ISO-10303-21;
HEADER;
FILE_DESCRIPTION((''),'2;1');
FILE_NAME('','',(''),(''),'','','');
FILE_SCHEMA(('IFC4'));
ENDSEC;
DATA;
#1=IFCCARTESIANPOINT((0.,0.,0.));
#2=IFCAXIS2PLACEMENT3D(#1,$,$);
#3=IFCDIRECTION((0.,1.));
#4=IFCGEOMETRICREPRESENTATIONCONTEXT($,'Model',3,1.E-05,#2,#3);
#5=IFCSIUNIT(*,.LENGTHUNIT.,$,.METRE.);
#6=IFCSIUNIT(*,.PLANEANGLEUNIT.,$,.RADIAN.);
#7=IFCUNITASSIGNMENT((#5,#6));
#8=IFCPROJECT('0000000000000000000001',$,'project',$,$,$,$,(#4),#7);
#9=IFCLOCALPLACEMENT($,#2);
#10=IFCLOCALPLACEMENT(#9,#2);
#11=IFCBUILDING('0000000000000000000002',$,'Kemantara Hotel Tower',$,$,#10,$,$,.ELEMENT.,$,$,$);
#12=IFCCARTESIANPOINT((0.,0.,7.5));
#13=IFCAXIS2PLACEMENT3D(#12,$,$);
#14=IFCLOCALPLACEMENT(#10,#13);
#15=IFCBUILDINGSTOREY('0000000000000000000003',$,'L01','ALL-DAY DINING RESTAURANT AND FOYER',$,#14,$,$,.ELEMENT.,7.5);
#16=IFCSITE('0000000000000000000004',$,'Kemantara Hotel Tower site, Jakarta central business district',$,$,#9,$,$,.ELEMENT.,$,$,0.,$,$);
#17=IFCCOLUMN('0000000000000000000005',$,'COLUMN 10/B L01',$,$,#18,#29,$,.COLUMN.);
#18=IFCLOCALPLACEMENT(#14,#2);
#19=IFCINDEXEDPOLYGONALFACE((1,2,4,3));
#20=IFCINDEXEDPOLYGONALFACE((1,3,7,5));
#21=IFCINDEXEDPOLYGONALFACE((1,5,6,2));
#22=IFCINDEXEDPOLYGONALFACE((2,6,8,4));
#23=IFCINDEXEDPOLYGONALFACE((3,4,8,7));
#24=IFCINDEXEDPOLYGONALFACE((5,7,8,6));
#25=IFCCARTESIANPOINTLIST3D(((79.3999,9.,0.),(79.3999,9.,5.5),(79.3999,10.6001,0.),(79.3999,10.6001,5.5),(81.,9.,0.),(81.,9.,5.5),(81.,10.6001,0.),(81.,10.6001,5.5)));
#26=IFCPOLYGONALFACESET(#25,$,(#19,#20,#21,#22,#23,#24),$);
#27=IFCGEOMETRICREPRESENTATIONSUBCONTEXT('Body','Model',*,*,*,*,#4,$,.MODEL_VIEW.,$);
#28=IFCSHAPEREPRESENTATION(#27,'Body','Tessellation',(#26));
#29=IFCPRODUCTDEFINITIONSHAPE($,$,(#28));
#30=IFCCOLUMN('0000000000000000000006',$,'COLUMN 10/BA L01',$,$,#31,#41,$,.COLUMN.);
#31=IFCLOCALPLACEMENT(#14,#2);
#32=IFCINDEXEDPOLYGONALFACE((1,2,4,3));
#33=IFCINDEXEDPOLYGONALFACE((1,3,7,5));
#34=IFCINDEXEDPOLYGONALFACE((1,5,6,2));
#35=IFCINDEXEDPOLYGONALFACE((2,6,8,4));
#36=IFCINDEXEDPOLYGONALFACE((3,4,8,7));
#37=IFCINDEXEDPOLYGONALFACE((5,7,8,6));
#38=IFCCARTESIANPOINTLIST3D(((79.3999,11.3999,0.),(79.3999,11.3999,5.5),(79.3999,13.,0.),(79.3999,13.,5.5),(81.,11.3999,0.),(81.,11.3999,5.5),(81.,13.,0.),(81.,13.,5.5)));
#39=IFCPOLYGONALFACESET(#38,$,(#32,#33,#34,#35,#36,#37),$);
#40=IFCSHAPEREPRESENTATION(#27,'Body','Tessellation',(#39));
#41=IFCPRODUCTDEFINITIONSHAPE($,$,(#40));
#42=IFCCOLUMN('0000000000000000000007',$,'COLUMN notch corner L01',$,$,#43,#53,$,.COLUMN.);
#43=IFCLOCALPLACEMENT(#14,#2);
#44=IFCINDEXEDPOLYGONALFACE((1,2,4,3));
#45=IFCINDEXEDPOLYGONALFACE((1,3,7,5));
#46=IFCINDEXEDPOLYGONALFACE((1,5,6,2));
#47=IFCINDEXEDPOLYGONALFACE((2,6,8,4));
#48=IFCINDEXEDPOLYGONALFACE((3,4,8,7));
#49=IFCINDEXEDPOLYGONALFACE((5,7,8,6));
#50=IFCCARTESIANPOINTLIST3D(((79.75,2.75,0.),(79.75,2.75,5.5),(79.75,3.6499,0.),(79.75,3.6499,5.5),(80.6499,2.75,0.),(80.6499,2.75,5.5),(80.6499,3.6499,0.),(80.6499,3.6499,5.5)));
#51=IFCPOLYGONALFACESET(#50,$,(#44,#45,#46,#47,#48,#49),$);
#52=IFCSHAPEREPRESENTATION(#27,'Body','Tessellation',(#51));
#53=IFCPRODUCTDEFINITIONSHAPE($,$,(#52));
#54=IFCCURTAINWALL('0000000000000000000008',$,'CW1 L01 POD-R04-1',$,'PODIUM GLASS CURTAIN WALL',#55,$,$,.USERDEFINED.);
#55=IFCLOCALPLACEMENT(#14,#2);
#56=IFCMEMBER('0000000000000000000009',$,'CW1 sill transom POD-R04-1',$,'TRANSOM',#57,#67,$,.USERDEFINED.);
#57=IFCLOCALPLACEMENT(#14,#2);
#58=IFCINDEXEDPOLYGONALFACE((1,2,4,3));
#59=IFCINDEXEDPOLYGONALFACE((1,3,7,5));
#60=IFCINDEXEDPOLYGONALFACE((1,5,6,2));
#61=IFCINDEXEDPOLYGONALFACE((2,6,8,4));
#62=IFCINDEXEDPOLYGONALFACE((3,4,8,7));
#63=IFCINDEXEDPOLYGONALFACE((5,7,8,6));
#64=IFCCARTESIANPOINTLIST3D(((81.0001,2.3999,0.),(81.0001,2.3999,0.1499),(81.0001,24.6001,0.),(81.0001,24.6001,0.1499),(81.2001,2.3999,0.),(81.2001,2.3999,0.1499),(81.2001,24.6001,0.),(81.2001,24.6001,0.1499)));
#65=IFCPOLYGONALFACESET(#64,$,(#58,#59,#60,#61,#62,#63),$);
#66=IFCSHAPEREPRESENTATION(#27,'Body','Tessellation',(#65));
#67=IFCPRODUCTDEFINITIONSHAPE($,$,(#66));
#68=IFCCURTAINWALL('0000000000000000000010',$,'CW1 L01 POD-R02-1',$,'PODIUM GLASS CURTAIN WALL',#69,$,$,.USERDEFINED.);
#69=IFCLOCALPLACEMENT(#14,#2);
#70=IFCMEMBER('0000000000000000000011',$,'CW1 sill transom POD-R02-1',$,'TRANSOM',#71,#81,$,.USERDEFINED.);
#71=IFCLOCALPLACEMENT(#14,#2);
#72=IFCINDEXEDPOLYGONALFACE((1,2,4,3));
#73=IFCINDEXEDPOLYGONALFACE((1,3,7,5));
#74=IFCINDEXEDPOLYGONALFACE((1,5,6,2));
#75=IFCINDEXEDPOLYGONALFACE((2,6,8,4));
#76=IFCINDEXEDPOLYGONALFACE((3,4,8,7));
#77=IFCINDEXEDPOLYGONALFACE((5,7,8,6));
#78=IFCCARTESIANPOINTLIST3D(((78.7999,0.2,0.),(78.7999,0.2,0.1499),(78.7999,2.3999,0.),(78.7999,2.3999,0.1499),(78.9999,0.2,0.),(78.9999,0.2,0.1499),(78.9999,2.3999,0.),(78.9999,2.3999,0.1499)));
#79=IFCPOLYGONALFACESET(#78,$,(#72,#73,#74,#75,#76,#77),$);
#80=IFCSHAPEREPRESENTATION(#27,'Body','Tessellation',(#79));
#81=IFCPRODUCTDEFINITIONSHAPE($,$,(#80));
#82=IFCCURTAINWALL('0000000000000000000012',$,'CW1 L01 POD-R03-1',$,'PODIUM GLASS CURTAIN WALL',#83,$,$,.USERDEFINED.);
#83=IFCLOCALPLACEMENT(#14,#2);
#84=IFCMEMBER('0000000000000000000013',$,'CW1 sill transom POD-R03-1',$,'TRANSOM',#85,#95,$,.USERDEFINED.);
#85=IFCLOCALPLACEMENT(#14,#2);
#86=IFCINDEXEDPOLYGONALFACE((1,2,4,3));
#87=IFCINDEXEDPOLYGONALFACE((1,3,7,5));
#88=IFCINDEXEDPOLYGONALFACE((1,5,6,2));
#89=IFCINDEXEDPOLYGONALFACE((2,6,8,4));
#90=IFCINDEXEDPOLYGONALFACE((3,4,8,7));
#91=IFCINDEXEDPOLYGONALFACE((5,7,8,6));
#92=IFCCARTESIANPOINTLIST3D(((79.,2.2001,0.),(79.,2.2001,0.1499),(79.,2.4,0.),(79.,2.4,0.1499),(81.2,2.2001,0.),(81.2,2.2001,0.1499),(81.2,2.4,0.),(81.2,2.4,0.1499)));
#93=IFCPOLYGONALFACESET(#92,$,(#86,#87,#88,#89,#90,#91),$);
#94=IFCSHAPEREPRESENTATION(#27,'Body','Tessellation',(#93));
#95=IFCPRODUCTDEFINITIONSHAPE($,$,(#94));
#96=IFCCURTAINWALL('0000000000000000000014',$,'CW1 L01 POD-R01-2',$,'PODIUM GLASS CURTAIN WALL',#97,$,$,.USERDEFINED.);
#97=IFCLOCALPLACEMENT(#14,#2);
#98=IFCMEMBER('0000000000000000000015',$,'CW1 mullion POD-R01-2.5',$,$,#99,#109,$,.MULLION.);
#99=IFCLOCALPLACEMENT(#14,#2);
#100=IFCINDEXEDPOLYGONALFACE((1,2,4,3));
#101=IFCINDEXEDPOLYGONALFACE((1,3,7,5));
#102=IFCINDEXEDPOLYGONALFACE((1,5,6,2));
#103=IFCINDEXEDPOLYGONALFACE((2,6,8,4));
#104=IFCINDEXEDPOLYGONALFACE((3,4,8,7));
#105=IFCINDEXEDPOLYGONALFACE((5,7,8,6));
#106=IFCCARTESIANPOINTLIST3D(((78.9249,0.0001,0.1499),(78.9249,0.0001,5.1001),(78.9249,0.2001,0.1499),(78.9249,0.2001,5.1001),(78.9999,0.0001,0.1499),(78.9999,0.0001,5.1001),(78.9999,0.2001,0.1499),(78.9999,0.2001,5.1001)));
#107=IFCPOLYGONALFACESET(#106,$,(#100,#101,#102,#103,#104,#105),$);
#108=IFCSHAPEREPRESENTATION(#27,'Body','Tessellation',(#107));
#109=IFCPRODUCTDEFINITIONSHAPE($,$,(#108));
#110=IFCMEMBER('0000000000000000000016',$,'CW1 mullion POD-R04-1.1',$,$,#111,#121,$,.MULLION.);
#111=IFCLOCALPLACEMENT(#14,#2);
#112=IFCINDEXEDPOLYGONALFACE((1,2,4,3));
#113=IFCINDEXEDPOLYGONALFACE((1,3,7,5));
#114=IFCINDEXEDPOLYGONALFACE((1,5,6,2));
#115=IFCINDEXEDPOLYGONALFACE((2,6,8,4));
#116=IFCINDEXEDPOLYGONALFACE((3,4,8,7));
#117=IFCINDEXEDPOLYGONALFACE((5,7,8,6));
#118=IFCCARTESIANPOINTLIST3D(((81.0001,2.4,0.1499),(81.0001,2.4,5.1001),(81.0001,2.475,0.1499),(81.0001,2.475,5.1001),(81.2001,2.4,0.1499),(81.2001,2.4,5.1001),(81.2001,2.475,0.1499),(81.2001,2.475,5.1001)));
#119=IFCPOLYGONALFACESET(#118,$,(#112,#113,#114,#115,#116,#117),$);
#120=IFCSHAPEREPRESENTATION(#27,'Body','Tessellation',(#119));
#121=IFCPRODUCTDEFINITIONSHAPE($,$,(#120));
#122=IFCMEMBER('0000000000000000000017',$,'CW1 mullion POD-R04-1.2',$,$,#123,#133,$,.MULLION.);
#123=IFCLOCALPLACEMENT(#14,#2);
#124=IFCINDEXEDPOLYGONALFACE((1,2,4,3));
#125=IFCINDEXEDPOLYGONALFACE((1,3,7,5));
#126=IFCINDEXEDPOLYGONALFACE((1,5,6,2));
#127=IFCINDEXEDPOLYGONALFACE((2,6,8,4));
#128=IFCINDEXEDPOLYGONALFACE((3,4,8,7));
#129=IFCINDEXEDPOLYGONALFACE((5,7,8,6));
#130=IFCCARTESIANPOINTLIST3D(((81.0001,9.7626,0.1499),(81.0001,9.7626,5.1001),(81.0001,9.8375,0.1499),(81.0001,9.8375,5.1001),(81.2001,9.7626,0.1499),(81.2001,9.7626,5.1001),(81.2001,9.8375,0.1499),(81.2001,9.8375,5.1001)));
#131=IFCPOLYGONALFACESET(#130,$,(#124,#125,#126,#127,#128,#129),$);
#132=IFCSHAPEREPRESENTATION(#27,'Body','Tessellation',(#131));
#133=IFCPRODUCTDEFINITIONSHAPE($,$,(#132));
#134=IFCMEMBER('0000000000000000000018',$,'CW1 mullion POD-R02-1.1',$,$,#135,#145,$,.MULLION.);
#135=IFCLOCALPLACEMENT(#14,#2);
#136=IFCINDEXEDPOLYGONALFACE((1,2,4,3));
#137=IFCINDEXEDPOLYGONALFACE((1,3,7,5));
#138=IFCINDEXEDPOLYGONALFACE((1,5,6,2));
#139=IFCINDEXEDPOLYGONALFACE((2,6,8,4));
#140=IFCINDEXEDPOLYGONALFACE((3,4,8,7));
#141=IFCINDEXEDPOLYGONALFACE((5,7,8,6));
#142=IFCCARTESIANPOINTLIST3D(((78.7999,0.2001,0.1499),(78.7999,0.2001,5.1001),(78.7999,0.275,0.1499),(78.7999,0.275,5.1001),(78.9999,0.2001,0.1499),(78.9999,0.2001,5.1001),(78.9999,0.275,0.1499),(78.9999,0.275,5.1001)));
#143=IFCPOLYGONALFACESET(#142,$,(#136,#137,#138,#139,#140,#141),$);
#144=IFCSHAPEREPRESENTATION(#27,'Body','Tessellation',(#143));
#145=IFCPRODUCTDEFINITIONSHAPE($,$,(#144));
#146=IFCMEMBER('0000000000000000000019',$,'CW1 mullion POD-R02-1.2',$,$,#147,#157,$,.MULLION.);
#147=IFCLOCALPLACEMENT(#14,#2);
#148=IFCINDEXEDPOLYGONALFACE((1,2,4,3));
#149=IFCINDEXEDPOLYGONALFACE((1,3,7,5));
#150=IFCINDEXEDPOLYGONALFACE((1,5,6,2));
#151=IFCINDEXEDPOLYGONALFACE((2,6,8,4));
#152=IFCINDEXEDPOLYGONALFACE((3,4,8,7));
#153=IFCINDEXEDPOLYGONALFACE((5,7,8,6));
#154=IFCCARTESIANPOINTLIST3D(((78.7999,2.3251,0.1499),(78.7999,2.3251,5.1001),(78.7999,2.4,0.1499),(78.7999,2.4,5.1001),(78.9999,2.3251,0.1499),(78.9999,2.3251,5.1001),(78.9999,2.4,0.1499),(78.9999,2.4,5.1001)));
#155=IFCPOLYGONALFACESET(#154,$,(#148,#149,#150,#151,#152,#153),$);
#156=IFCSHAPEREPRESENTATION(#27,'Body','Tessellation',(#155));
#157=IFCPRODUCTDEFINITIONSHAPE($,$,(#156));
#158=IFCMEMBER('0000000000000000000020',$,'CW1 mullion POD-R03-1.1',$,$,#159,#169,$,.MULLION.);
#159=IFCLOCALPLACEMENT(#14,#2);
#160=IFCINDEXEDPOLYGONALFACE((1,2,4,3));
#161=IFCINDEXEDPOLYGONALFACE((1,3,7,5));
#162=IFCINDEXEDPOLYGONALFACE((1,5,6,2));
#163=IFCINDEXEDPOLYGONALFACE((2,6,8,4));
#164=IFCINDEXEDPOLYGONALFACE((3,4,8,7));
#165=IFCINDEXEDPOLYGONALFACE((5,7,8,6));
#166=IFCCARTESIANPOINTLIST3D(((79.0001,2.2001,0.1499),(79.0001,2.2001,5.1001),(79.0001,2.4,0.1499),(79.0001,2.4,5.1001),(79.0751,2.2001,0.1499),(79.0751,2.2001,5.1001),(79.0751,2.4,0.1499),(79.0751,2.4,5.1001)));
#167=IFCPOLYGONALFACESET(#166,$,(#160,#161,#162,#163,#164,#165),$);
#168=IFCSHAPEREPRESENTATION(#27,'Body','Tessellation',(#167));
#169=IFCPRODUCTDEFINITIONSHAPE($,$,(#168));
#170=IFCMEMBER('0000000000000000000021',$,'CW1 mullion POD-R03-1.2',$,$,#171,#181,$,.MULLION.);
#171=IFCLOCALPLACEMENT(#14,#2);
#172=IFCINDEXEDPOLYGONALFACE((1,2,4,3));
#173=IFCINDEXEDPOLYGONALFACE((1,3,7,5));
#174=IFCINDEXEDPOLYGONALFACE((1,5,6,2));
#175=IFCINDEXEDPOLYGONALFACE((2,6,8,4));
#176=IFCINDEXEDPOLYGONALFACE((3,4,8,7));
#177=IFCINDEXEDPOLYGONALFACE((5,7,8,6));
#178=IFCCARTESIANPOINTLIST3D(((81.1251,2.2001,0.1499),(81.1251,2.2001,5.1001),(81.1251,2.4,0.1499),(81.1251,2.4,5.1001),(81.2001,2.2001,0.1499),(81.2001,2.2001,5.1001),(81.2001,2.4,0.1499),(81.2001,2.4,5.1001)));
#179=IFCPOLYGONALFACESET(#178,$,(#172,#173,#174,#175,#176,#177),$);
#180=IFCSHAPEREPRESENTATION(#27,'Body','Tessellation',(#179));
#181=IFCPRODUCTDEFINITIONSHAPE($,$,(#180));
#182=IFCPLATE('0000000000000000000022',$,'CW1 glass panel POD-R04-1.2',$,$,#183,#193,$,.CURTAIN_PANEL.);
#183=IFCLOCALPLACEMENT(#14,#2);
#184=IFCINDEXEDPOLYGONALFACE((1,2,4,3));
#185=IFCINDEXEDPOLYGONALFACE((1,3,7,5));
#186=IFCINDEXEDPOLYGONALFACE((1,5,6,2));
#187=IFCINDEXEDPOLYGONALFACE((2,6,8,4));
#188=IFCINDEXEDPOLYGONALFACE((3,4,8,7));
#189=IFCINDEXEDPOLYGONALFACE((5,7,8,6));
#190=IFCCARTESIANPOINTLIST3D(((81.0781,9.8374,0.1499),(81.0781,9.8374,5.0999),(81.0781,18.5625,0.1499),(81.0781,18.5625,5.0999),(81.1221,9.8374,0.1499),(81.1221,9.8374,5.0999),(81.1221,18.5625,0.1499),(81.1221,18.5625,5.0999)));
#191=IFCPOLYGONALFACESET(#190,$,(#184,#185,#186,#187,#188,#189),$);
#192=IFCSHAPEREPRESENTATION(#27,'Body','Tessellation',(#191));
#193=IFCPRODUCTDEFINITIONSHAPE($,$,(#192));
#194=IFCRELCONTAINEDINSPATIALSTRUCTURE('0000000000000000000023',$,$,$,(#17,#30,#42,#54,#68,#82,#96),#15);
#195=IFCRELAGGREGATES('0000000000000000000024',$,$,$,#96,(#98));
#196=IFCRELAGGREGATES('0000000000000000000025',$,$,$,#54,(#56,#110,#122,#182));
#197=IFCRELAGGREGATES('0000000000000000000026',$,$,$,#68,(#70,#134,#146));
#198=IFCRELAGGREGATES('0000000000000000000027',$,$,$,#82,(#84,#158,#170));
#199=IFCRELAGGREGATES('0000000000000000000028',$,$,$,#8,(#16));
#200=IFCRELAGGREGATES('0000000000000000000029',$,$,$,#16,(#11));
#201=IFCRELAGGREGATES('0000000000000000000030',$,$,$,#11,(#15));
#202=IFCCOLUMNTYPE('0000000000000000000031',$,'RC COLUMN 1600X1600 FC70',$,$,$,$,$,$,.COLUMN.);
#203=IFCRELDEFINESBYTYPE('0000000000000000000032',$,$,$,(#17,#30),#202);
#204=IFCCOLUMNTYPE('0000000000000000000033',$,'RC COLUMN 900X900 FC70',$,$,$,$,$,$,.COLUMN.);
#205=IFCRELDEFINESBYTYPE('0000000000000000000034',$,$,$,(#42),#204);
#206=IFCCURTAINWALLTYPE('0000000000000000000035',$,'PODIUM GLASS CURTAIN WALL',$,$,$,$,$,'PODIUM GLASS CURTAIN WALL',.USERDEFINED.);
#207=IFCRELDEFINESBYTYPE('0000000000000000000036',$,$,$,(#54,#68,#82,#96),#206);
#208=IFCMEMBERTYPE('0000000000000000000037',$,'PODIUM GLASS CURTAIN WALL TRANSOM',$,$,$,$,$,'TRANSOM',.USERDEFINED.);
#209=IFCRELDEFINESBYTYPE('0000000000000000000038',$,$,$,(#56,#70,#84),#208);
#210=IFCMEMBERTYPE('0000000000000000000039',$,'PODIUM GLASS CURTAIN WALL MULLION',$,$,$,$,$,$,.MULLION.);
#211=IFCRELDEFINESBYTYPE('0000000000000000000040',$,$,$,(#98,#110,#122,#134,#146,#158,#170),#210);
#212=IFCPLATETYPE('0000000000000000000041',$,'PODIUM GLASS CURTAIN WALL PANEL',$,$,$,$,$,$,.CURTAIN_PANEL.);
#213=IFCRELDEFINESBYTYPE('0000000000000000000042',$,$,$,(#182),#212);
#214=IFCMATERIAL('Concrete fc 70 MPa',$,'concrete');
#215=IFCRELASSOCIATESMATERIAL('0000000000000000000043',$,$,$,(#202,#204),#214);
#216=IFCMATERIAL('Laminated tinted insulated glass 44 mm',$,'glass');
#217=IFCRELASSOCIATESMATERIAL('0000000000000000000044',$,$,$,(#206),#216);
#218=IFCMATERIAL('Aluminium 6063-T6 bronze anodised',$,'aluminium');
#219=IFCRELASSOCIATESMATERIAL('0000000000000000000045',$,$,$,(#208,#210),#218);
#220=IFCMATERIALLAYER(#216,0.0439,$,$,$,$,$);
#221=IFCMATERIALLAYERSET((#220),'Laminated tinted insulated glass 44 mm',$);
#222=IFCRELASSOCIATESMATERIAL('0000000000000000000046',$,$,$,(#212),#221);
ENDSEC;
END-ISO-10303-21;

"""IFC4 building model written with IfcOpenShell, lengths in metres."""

from ifc_helpers import new_model, si_unit, direction, frame, origin, origin_2d, place, context, subcontext, project, spatial, rectangle, extrude, source, transform, mapped, material, layer, layer_set, material_profile, profile_set, type_object, element, aggregate, save


model = new_model("IFC4")

# Units and contexts
model_context = context("Model", 3, precision=1e-05, world=origin(), true_north=direction((0.0, 1.0)))
body_context = subcontext(model_context, "Body", "Model", "MODEL_VIEW")
ifc_project = project(units=[si_unit("LENGTHUNIT", "METRE"), si_unit("PLANEANGLEUNIT", "RADIAN")], contexts=[model_context])

# Site, building, storey
site_placement = place(None, origin())
site = spatial("IfcSite", under=ifc_project, at=site_placement, Name="Kemantara Hotel Tower site, Jakarta central business district", CompositionType="ELEMENT", RefElevation=0.0)
building_placement = place(site_placement, origin())
building = spatial("IfcBuilding", under=site, at=building_placement, Name="Kemantara Hotel Tower", CompositionType="ELEMENT")
storey_placement = place(building_placement, frame((0.0, 0.0, 7.5)))
storey = spatial("IfcBuildingStorey", under=building, at=storey_placement, Name="L01", Description="ALL-DAY DINING RESTAURANT AND FOYER", CompositionType="ELEMENT", Elevation=7.5)

# Columns
ifc_material_1 = material(Name="Concrete fc 70 MPa", Category="concrete")
ifc_material_profile_1 = material_profile(ifc_material_1, rectangle(XDim=1.6001, YDim=1.6001, at=origin_2d()), Name="RC 1600X1600")
ifc_profile_set_1 = profile_set([ifc_material_profile_1], Name="Concrete fc 70 MPa")
column_type_1 = type_object("IfcColumnType", Name="RC COLUMN 1600X1600 FC70", PredefinedType="COLUMN", material=ifc_profile_set_1)
for number, where, z_axis, x_axis, name in (
    (1, (80.2, 9.8, 0.0), (0.0, 0.0, 1.0), (1.0, 0.0, 0.0), "COLUMN 10/B L01"),
    (2, (80.2, 12.2, 0.0), (0.0, 0.0, 1.0), (1.0, 0.0, 0.0), "COLUMN 10/BA L01"),
):
    element("IfcColumn", number, at=place(storey_placement, frame(where, z_axis=z_axis, x_axis=x_axis)), inside=storey, type_object=column_type_1, Name=name, PredefinedType="COLUMN", context=body_context, shape_type="SweptSolid", body=[
        extrude(rectangle(XDim=1.6001, YDim=1.6001, at=origin_2d()), origin(), (0.0, 0.0, 1.0), 5.5),
    ])
ifc_material_profile_2 = material_profile(ifc_material_1, rectangle(XDim=0.8999, YDim=0.8999, at=origin_2d()), Name="RC 900X900")
ifc_profile_set_2 = profile_set([ifc_material_profile_2], Name="Concrete fc 70 MPa")
column_type_2 = type_object("IfcColumnType", Name="RC COLUMN 900X900 FC70", PredefinedType="COLUMN", material=ifc_profile_set_2)
column_placement = place(storey_placement, frame((80.2, 3.2, 0.0), z_axis=(0.0, 0.0, 1.0), x_axis=(1.0, 0.0, 0.0)))
element("IfcColumn", 3, at=column_placement, inside=storey, type_object=column_type_2, Name="COLUMN notch corner L01", PredefinedType="COLUMN", context=body_context, shape_type="SweptSolid", body=[
    extrude(rectangle(XDim=0.8999, YDim=0.8999, at=origin_2d()), origin(), (0.0, 0.0, 1.0), 5.5),
])

# Curtain walls, members
ifc_material_2 = material(Name="Laminated tinted insulated glass 44 mm", Category="glass")
curtain_wall_type = type_object("IfcCurtainWallType", Name="PODIUM GLASS CURTAIN WALL", ElementType="PODIUM GLASS CURTAIN WALL", PredefinedType="USERDEFINED", material=ifc_material_2)
curtain_wall_1_placement = place(storey_placement, origin())
curtain_wall_1 = element("IfcCurtainWall", 4, at=curtain_wall_1_placement, inside=storey, type_object=curtain_wall_type, Name="CW1 L01 POD-R04-1", ObjectType="PODIUM GLASS CURTAIN WALL", PredefinedType="USERDEFINED")
ifc_material_3 = material(Name="Aluminium 6063-T6 bronze anodised", Category="aluminium")
ifc_material_profile_3 = material_profile(ifc_material_3, rectangle(XDim=0.2, YDim=0.1499, at=origin_2d()), Name="PODIUM GLASS CURTAIN WALL TRANSOM")
ifc_profile_set_3 = profile_set([ifc_material_profile_3], Name="Aluminium 6063-T6 bronze anodised")
member_type_1 = type_object("IfcMemberType", Name="PODIUM GLASS CURTAIN WALL TRANSOM", ElementType="TRANSOM", PredefinedType="USERDEFINED", material=ifc_profile_set_3)
member_1_placement = place(storey_placement, frame((81.1001, 2.3999, 0.075), z_axis=(0.0, 1.0, 0.0), x_axis=(-1.0, 0.0, 0.0)))
member_1 = element("IfcMember", 5, at=member_1_placement, type_object=member_type_1, Name="CW1 sill transom POD-R04-1", ObjectType="TRANSOM", PredefinedType="USERDEFINED", context=body_context, shape_type="SweptSolid", body=[
    extrude(rectangle(XDim=0.2, YDim=0.1499, at=origin_2d()), origin(), (0.0, 0.0, 1.0), 22.2002),
])
curtain_wall_2_placement = place(storey_placement, origin())
curtain_wall_2 = element("IfcCurtainWall", 6, at=curtain_wall_2_placement, inside=storey, type_object=curtain_wall_type, Name="CW1 L01 POD-R02-1", ObjectType="PODIUM GLASS CURTAIN WALL", PredefinedType="USERDEFINED")
member_2_placement = place(storey_placement, frame((78.8999, 0.2, 0.075), z_axis=(0.0, 1.0, 0.0), x_axis=(-1.0, 0.0, 0.0)))
member_2 = element("IfcMember", 7, at=member_2_placement, type_object=member_type_1, Name="CW1 sill transom POD-R02-1", ObjectType="TRANSOM", PredefinedType="USERDEFINED", context=body_context, shape_type="SweptSolid", body=[
    extrude(rectangle(XDim=0.2, YDim=0.1499, at=origin_2d()), origin(), (0.0, 0.0, 1.0), 2.2),
])
curtain_wall_3_placement = place(storey_placement, origin())
curtain_wall_3 = element("IfcCurtainWall", 8, at=curtain_wall_3_placement, inside=storey, type_object=curtain_wall_type, Name="CW1 L01 POD-R03-1", ObjectType="PODIUM GLASS CURTAIN WALL", PredefinedType="USERDEFINED")
member_3_placement = place(storey_placement, frame((79.0, 2.3, 0.075), z_axis=(1.0, 0.0, 0.0), x_axis=(0.0, 1.0, 0.0)))
member_3 = element("IfcMember", 9, at=member_3_placement, type_object=member_type_1, Name="CW1 sill transom POD-R03-1", ObjectType="TRANSOM", PredefinedType="USERDEFINED", context=body_context, shape_type="SweptSolid", body=[
    extrude(rectangle(XDim=0.2, YDim=0.1499, at=origin_2d()), origin(), (0.0, 0.0, 1.0), 2.2),
])
curtain_wall_4_placement = place(storey_placement, origin())
curtain_wall_4 = element("IfcCurtainWall", 10, at=curtain_wall_4_placement, inside=storey, type_object=curtain_wall_type, Name="CW1 L01 POD-R01-2", ObjectType="PODIUM GLASS CURTAIN WALL", PredefinedType="USERDEFINED")
ifc_material_profile_4 = material_profile(ifc_material_3, rectangle(XDim=0.2, YDim=0.075, at=origin_2d()), Name="PODIUM GLASS CURTAIN WALL MULLION")
ifc_profile_set_4 = profile_set([ifc_material_profile_4], Name="Aluminium 6063-T6 bronze anodised")
member_type_2 = type_object("IfcMemberType", Name="PODIUM GLASS CURTAIN WALL MULLION", PredefinedType="MULLION", material=ifc_profile_set_4)
shared_shape_1 = source(origin(), body_context, "Body", "SweptSolid", [
    extrude(rectangle(XDim=0.2, YDim=0.075, at=origin_2d()), origin(), (0.0, 0.0, 1.0), 4.9502),
])
member_4_placement = place(storey_placement, frame((78.9624, 0.1001, 0.1499), z_axis=(0.0, 0.0, 1.0), x_axis=(0.0, 1.0, 0.0)))
member_4 = element("IfcMember", 11, at=member_4_placement, type_object=member_type_2, Name="CW1 mullion POD-R01-2.5", PredefinedType="MULLION", context=body_context, shape_type="MappedRepresentation", body=[
    mapped(shared_shape_1, transform((0.0, 0.0, 0.0))),
])

# Members
member_5_placement = place(storey_placement, frame((81.1001, 2.4375, 0.1499), z_axis=(0.0, 0.0, 1.0), x_axis=(-1.0, 0.0, 0.0)))
member_5 = element("IfcMember", 12, at=member_5_placement, type_object=member_type_2, Name="CW1 mullion POD-R04-1.1", PredefinedType="MULLION", context=body_context, shape_type="MappedRepresentation", body=[
    mapped(shared_shape_1, transform((0.0, 0.0, 0.0))),
])
member_6_placement = place(storey_placement, frame((81.1001, 9.8, 0.1499), z_axis=(0.0, 0.0, 1.0), x_axis=(-1.0, 0.0, 0.0)))
member_6 = element("IfcMember", 13, at=member_6_placement, type_object=member_type_2, Name="CW1 mullion POD-R04-1.2", PredefinedType="MULLION", context=body_context, shape_type="MappedRepresentation", body=[
    mapped(shared_shape_1, transform((0.0, 0.0, 0.0))),
])
member_7_placement = place(storey_placement, frame((78.8999, 0.2375, 0.1499), z_axis=(0.0, 0.0, 1.0), x_axis=(-1.0, 0.0, 0.0)))
member_7 = element("IfcMember", 14, at=member_7_placement, type_object=member_type_2, Name="CW1 mullion POD-R02-1.1", PredefinedType="MULLION", context=body_context, shape_type="MappedRepresentation", body=[
    mapped(shared_shape_1, transform((0.0, 0.0, 0.0))),
])
member_8_placement = place(storey_placement, frame((78.8999, 2.3625, 0.1499), z_axis=(0.0, 0.0, 1.0), x_axis=(-1.0, 0.0, 0.0)))
member_8 = element("IfcMember", 15, at=member_8_placement, type_object=member_type_2, Name="CW1 mullion POD-R02-1.2", PredefinedType="MULLION", context=body_context, shape_type="MappedRepresentation", body=[
    mapped(shared_shape_1, transform((0.0, 0.0, 0.0))),
])
member_9_placement = place(storey_placement, frame((79.0376, 2.3, 0.1499), z_axis=(0.0, 0.0, 1.0), x_axis=(0.0, 1.0, 0.0)))
member_9 = element("IfcMember", 16, at=member_9_placement, type_object=member_type_2, Name="CW1 mullion POD-R03-1.1", PredefinedType="MULLION", context=body_context, shape_type="MappedRepresentation", body=[
    mapped(shared_shape_1, transform((0.0, 0.0, 0.0))),
])
member_10_placement = place(storey_placement, frame((81.1626, 2.3, 0.1499), z_axis=(0.0, 0.0, 1.0), x_axis=(0.0, 1.0, 0.0)))
member_10 = element("IfcMember", 17, at=member_10_placement, type_object=member_type_2, Name="CW1 mullion POD-R03-1.2", PredefinedType="MULLION", context=body_context, shape_type="MappedRepresentation", body=[
    mapped(shared_shape_1, transform((0.0, 0.0, 0.0))),
])

# Plate
ifc_layer_1 = layer(ifc_material_2, 0.0439)
ifc_layer_set_1 = layer_set([ifc_layer_1], Name="Laminated tinted insulated glass 44 mm")
plate_type = type_object("IfcPlateType", Name="PODIUM GLASS CURTAIN WALL PANEL", PredefinedType="CURTAIN_PANEL", material=ifc_layer_set_1)
shared_shape_2 = source(origin(), body_context, "Body", "SweptSolid", [
    extrude(rectangle(XDim=8.7251, YDim=0.0439, at=origin_2d()), origin(), (0.0, 0.0, 1.0), 4.95),
])
plate_1_placement = place(storey_placement, frame((81.1001, 14.2, 0.1499), z_axis=(0.0, 0.0, 1.0), x_axis=(0.0, 1.0, 0.0)))
plate_1 = element("IfcPlate", 18, at=plate_1_placement, type_object=plate_type, Name="CW1 glass panel POD-R04-1.2", PredefinedType="CURTAIN_PANEL", context=body_context, shape_type="MappedRepresentation", body=[
    mapped(shared_shape_2, transform((0.0, 0.0, 0.0))),
])
aggregate(curtain_wall_4, [member_4])
aggregate(curtain_wall_1, [member_1, member_5, member_6, plate_1])
aggregate(curtain_wall_2, [member_2, member_7, member_8])
aggregate(curtain_wall_3, [member_3, member_9, member_10])

save(model, "model.ifc")
